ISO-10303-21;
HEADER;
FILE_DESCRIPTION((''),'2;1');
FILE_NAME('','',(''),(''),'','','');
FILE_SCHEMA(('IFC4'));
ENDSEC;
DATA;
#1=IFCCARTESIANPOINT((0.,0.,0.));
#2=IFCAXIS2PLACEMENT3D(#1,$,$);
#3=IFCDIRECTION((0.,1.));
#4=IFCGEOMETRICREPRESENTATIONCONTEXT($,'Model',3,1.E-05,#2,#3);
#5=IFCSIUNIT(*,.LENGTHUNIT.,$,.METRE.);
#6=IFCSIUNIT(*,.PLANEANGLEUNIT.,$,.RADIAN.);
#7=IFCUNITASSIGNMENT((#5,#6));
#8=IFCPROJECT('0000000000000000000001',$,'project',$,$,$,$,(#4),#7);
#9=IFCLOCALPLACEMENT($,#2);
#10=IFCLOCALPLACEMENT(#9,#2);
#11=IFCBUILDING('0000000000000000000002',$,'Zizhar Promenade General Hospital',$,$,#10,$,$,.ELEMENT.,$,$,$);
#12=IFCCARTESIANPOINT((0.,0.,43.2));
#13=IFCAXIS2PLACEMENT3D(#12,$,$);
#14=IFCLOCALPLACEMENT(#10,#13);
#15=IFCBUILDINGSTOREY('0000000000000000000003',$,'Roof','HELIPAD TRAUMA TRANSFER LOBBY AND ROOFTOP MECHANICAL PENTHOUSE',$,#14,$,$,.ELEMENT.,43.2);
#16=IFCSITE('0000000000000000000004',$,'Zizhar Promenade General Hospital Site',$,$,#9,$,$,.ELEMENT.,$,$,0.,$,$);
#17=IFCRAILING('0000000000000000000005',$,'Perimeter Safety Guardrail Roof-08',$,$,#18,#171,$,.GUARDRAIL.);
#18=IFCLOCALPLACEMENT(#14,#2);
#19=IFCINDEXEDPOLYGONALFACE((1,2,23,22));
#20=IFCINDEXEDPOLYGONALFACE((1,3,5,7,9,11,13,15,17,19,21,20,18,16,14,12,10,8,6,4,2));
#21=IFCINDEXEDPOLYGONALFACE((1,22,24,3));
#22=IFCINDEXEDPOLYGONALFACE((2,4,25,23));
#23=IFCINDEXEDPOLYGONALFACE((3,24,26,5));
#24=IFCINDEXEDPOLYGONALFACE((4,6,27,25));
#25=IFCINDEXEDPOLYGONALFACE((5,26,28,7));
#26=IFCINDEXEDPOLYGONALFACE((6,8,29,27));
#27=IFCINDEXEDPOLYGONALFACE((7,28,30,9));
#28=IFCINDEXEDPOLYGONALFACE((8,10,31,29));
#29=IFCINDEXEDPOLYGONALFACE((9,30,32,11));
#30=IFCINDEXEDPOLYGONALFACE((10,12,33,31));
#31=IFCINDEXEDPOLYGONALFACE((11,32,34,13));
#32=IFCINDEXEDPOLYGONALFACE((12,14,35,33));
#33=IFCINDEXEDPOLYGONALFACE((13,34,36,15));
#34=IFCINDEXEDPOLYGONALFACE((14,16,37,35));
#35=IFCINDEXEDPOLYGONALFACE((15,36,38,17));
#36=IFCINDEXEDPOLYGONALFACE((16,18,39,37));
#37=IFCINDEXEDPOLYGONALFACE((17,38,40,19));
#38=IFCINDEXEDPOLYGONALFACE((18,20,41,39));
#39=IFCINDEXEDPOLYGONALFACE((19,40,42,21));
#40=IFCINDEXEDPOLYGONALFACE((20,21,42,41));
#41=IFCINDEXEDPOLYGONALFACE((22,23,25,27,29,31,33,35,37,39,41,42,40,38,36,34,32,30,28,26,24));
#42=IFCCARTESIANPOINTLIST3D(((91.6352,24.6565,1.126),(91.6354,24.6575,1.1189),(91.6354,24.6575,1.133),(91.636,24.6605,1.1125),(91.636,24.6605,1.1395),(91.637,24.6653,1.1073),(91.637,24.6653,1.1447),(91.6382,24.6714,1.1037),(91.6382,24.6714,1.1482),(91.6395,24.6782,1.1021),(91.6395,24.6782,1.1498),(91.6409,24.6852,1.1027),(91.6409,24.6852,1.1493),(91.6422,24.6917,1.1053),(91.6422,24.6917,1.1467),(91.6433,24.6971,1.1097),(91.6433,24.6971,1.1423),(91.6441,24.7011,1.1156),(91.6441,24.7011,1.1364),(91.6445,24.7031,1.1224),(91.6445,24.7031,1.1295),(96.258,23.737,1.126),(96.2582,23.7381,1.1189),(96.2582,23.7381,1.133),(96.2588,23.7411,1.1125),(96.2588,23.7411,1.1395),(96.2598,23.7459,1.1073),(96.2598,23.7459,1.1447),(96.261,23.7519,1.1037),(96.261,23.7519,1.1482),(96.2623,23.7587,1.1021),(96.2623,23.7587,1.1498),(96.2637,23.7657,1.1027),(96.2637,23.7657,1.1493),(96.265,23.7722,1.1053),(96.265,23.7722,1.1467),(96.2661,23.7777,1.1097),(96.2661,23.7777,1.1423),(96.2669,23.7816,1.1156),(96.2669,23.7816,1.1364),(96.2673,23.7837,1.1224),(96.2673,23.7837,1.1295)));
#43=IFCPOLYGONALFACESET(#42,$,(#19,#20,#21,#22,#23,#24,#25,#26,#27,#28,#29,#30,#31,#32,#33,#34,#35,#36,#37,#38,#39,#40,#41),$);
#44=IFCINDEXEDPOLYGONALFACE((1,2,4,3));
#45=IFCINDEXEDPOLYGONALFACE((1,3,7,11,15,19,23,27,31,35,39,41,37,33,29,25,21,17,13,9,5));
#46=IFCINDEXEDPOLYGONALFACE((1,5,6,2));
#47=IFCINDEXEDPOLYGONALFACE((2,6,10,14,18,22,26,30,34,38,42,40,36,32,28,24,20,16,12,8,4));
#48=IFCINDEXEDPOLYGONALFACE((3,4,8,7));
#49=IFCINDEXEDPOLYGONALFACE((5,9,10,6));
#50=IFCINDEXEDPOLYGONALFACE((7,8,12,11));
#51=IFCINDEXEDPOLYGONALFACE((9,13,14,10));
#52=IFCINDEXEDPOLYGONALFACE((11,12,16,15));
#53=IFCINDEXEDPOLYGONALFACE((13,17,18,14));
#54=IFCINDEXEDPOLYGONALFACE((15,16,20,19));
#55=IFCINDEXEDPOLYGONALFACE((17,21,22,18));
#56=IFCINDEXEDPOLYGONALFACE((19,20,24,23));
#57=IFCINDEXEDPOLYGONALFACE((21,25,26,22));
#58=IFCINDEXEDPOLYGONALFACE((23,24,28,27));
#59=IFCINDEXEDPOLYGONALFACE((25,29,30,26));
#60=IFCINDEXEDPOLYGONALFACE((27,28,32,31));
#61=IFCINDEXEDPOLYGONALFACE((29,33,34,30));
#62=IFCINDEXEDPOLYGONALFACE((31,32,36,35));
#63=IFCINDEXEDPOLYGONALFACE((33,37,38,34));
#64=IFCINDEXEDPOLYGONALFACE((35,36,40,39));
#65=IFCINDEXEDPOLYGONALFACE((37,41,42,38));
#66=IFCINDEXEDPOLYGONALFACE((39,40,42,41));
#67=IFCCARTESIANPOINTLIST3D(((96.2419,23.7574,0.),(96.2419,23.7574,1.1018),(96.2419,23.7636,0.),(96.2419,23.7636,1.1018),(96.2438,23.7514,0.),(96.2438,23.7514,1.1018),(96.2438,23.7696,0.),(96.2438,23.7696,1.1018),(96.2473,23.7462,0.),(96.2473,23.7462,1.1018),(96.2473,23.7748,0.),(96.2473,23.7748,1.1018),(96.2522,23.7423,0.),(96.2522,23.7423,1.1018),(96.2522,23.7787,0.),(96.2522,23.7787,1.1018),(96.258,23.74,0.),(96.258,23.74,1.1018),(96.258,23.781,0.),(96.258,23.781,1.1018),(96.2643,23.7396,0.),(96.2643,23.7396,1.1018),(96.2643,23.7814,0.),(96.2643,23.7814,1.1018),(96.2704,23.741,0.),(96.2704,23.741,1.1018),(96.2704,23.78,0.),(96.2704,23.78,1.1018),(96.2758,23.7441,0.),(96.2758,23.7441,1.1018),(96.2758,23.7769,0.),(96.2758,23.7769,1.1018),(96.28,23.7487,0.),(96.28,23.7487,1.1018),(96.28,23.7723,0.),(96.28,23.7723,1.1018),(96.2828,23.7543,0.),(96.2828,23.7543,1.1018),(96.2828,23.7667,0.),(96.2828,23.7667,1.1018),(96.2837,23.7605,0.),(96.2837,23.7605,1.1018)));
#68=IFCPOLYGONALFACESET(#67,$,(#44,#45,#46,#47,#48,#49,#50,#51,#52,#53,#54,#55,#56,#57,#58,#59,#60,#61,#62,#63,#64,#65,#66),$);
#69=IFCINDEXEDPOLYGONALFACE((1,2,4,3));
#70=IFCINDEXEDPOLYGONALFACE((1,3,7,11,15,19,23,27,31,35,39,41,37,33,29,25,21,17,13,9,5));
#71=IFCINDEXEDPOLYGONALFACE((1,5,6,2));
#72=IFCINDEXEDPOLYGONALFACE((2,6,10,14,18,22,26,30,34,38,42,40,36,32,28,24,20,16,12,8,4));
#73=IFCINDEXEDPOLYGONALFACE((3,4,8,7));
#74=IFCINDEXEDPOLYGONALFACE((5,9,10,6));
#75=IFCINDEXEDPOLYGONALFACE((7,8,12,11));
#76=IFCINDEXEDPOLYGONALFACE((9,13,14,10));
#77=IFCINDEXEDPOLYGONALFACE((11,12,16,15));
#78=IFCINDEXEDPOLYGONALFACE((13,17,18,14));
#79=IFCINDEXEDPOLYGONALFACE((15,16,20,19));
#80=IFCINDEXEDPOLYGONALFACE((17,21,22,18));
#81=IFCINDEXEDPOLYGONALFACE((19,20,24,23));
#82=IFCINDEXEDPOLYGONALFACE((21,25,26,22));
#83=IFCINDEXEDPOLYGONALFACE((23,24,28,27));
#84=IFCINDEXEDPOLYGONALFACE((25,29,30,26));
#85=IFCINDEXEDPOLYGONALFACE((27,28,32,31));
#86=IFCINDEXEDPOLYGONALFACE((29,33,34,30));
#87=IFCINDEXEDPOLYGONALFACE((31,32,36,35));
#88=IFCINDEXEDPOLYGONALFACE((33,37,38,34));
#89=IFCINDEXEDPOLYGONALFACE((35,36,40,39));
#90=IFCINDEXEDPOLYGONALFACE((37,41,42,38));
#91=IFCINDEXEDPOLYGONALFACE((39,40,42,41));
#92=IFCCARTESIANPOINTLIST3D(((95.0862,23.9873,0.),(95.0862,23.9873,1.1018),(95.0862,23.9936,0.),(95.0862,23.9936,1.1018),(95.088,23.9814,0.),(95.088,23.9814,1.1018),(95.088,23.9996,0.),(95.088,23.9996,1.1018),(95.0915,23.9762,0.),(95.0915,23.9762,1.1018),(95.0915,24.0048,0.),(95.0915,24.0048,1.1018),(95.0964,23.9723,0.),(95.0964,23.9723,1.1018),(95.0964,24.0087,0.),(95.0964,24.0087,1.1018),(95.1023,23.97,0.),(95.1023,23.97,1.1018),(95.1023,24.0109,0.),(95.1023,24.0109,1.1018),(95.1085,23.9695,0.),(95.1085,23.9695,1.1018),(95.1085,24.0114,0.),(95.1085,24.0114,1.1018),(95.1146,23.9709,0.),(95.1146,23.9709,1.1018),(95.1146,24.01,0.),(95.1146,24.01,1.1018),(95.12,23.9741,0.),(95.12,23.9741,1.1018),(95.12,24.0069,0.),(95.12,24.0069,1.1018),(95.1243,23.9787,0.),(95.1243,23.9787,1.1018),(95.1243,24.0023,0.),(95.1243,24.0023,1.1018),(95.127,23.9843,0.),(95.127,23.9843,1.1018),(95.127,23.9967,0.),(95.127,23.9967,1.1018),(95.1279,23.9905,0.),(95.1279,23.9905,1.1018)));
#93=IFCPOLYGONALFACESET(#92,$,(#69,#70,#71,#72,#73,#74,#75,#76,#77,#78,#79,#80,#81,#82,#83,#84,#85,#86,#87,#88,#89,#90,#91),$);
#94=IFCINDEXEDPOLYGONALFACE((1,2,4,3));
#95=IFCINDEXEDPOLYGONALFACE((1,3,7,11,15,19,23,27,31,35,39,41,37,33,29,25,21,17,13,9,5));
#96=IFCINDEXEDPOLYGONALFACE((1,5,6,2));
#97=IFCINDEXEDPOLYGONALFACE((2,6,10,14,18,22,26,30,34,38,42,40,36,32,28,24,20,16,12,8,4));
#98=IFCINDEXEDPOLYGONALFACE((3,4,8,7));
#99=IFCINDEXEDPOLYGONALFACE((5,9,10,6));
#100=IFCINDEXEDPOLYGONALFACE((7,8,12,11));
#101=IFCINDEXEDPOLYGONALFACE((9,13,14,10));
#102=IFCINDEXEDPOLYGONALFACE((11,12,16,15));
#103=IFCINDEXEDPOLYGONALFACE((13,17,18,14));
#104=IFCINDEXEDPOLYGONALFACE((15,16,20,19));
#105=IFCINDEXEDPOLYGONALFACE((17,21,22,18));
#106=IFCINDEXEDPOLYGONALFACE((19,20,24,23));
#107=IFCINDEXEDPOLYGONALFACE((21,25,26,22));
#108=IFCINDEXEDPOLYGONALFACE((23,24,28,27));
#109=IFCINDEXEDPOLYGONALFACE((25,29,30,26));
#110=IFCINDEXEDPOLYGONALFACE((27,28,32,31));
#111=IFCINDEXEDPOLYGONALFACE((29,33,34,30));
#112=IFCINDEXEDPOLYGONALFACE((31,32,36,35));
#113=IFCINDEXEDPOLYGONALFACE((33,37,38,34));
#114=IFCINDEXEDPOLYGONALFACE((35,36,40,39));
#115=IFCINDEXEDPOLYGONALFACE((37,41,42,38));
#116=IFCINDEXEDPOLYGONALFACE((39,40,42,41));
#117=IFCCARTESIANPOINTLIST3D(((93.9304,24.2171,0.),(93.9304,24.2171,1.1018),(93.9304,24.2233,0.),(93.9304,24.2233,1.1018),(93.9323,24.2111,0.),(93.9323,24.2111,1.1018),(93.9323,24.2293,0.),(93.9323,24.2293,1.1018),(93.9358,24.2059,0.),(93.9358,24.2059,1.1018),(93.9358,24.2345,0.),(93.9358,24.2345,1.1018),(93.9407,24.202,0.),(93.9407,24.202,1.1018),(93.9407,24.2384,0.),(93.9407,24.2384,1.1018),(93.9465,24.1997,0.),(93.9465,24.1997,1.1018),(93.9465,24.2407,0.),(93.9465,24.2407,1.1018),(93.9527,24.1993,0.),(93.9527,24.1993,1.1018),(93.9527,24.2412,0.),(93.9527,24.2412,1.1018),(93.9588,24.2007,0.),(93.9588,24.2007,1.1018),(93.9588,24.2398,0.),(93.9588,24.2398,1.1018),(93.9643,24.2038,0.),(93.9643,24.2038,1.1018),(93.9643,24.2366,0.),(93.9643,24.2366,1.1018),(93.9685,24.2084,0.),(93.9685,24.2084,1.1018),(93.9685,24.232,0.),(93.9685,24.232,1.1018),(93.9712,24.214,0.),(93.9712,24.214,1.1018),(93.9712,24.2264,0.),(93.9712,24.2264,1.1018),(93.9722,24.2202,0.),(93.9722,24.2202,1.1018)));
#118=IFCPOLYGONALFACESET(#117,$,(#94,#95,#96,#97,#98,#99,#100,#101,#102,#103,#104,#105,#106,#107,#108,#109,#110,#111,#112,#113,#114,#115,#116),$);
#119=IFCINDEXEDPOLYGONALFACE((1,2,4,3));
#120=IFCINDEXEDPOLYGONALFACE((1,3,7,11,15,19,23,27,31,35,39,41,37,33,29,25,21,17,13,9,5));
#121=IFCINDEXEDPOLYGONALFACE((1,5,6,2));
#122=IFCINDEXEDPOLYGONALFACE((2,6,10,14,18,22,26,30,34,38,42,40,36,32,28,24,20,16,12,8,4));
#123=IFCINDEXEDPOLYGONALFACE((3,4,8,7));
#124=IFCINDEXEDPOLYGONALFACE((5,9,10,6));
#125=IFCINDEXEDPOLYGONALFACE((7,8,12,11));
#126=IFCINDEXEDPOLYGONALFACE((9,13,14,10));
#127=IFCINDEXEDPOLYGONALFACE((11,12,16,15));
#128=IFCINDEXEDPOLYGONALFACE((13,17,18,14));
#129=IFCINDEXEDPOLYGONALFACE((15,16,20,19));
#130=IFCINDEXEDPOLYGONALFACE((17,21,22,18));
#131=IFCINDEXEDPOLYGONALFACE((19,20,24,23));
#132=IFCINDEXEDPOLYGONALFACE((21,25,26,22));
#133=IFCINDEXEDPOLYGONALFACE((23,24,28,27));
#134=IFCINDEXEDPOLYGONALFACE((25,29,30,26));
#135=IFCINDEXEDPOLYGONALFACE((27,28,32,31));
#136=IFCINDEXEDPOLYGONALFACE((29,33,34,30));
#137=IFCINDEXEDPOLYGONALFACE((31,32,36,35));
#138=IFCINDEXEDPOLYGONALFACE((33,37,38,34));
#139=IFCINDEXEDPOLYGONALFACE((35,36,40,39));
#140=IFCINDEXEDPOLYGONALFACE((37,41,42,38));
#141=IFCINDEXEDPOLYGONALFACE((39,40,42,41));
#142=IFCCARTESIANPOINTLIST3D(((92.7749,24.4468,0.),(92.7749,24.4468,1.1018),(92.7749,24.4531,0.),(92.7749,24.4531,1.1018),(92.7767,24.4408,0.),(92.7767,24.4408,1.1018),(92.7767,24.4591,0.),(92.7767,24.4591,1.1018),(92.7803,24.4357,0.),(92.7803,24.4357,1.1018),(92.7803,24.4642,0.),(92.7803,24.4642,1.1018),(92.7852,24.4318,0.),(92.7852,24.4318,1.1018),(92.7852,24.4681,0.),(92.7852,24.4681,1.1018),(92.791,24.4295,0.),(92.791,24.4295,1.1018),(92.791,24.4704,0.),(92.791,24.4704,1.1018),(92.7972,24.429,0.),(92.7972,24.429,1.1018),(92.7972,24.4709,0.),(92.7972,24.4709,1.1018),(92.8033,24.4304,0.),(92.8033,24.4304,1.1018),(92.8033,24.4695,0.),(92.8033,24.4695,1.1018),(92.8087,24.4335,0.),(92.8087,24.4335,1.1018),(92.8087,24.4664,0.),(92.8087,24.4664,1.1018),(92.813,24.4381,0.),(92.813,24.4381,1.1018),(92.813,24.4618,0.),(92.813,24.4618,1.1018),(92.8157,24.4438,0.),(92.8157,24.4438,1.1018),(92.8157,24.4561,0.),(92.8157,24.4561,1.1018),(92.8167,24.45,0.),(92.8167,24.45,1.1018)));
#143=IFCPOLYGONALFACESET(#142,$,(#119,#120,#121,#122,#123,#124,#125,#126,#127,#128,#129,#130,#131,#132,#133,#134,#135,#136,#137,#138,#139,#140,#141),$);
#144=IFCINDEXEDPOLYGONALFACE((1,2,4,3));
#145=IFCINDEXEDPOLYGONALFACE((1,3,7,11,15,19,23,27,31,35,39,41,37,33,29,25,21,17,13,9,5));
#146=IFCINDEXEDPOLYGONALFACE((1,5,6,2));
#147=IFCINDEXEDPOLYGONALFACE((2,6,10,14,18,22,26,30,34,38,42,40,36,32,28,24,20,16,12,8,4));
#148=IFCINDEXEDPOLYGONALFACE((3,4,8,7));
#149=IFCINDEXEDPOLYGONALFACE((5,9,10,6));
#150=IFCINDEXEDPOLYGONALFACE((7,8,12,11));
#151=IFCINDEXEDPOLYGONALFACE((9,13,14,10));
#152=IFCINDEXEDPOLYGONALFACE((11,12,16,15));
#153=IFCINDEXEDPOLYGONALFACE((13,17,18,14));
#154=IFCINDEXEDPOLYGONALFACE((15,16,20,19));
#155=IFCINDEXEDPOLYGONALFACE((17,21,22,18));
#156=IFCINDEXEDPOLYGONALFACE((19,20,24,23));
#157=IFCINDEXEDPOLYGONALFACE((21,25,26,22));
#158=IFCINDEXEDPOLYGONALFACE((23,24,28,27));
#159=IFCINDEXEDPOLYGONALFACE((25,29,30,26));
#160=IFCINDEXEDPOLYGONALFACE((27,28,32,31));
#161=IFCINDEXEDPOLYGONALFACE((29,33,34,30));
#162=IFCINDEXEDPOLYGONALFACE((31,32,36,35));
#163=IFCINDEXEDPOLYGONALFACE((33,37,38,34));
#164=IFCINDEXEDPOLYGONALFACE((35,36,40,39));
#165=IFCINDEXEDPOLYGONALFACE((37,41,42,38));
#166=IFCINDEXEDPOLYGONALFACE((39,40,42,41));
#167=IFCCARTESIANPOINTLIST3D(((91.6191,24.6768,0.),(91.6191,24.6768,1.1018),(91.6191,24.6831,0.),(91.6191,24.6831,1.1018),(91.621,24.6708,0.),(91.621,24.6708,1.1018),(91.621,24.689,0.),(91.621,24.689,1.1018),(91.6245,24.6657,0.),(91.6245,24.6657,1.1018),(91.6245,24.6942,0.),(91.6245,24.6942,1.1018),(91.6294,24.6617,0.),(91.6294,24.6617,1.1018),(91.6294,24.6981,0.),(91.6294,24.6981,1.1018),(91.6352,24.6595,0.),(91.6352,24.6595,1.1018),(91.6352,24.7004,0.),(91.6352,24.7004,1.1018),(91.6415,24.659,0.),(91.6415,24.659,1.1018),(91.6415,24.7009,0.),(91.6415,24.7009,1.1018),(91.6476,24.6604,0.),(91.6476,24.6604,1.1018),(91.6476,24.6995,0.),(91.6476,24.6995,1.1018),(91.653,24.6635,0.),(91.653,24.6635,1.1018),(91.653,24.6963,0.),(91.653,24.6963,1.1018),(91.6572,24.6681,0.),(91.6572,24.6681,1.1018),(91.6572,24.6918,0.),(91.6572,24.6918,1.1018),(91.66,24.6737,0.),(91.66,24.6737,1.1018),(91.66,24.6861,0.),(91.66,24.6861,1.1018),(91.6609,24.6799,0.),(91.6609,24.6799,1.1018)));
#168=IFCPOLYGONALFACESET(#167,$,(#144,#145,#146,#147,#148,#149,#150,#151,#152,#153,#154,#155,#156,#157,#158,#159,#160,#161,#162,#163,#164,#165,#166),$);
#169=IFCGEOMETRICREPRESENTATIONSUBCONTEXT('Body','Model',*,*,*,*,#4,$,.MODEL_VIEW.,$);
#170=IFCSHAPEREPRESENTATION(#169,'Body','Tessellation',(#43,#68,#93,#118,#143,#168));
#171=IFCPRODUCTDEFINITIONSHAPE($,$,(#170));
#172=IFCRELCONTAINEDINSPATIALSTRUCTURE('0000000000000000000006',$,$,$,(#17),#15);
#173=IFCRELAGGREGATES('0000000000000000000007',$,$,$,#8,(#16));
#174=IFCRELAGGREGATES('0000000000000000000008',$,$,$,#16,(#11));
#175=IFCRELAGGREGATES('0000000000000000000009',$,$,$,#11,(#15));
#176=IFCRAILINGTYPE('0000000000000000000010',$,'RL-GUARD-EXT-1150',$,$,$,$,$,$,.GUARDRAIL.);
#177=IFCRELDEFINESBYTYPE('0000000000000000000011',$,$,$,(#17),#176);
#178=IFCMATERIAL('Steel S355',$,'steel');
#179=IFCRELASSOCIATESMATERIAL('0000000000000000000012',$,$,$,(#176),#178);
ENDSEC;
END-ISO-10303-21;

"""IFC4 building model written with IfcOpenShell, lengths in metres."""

from ifc_helpers import new_model, si_unit, direction, frame, origin, origin_2d, place, context, subcontext, project, spatial, hollow_rectangle, circle, extrude, material, material_profile, profile_set, type_object, element, save


model = new_model("IFC4")

# Units and contexts
model_context = context("Model", 3, precision=1e-05, world=origin(), true_north=direction((0.0, 1.0)))
body_context = subcontext(model_context, "Body", "Model", "MODEL_VIEW")
ifc_project = project(units=[si_unit("LENGTHUNIT", "METRE"), si_unit("PLANEANGLEUNIT", "RADIAN")], contexts=[model_context])

# Site, building, storey
site_placement = place(None, origin())
site = spatial("IfcSite", under=ifc_project, at=site_placement, Name="Zizhar Promenade General Hospital Site", CompositionType="ELEMENT", RefElevation=0.0)
building_placement = place(site_placement, origin())
building = spatial("IfcBuilding", under=site, at=building_placement, Name="Zizhar Promenade General Hospital", CompositionType="ELEMENT")
storey_placement = place(building_placement, frame((0.0, 0.0, 43.2)))
storey = spatial("IfcBuildingStorey", under=building, at=storey_placement, Name="Roof", Description="HELIPAD TRAUMA TRANSFER LOBBY AND ROOFTOP MECHANICAL PENTHOUSE", CompositionType="ELEMENT", Elevation=43.2)

# Railing
ifc_material_1 = material(Name="Steel S355", Category="steel")
ifc_material_profile_1 = material_profile(ifc_material_1, hollow_rectangle(XDim=0.0601, YDim=0.1201, WallThickness=0.0039, at=origin_2d()))
ifc_profile_set_1 = profile_set([ifc_material_profile_1], Name="Steel S355")
railing_type_1 = type_object("IfcRailingType", Name="RL-GUARD-EXT-1150", PredefinedType="GUARDRAIL", material=ifc_profile_set_1)
railing_1_placement = place(storey_placement, frame((96.2627, 23.7605, 0.0)))
element("IfcRailing", 1, at=railing_1_placement, inside=storey, type_object=railing_type_1, Name="Perimeter Safety Guardrail Roof-08", PredefinedType="GUARDRAIL", context=body_context, shape_type="SweptSolid", body=[
    extrude(circle(Radius=0.0239, at=origin_2d()), frame((0.0, 0.0, 1.126), z_axis=(-0.980789, 0.19507, 0.0), x_axis=(-0.19507, -0.980789, 0.0)), (0.0, 0.0, 1.0), 4.7134),
    extrude(circle(Radius=0.021, at=origin_2d()), origin(), (0.0, 0.0, 1.0), 1.1018),
    extrude(circle(Radius=0.021, at=origin_2d()), frame((-1.1558, 0.23, 0.0)), (0.0, 0.0, 1.0), 1.1018),
    extrude(circle(Radius=0.021, at=origin_2d()), frame((-2.3115, 0.4597, 0.0)), (0.0, 0.0, 1.0), 1.1018),
    extrude(circle(Radius=0.021, at=origin_2d()), frame((-3.467, 0.6895, 0.0)), (0.0, 0.0, 1.0), 1.1018),
    extrude(circle(Radius=0.021, at=origin_2d()), frame((-4.6228, 0.9194, 0.0)), (0.0, 0.0, 1.0), 1.1018),
])

save(model, "model.ifc")
